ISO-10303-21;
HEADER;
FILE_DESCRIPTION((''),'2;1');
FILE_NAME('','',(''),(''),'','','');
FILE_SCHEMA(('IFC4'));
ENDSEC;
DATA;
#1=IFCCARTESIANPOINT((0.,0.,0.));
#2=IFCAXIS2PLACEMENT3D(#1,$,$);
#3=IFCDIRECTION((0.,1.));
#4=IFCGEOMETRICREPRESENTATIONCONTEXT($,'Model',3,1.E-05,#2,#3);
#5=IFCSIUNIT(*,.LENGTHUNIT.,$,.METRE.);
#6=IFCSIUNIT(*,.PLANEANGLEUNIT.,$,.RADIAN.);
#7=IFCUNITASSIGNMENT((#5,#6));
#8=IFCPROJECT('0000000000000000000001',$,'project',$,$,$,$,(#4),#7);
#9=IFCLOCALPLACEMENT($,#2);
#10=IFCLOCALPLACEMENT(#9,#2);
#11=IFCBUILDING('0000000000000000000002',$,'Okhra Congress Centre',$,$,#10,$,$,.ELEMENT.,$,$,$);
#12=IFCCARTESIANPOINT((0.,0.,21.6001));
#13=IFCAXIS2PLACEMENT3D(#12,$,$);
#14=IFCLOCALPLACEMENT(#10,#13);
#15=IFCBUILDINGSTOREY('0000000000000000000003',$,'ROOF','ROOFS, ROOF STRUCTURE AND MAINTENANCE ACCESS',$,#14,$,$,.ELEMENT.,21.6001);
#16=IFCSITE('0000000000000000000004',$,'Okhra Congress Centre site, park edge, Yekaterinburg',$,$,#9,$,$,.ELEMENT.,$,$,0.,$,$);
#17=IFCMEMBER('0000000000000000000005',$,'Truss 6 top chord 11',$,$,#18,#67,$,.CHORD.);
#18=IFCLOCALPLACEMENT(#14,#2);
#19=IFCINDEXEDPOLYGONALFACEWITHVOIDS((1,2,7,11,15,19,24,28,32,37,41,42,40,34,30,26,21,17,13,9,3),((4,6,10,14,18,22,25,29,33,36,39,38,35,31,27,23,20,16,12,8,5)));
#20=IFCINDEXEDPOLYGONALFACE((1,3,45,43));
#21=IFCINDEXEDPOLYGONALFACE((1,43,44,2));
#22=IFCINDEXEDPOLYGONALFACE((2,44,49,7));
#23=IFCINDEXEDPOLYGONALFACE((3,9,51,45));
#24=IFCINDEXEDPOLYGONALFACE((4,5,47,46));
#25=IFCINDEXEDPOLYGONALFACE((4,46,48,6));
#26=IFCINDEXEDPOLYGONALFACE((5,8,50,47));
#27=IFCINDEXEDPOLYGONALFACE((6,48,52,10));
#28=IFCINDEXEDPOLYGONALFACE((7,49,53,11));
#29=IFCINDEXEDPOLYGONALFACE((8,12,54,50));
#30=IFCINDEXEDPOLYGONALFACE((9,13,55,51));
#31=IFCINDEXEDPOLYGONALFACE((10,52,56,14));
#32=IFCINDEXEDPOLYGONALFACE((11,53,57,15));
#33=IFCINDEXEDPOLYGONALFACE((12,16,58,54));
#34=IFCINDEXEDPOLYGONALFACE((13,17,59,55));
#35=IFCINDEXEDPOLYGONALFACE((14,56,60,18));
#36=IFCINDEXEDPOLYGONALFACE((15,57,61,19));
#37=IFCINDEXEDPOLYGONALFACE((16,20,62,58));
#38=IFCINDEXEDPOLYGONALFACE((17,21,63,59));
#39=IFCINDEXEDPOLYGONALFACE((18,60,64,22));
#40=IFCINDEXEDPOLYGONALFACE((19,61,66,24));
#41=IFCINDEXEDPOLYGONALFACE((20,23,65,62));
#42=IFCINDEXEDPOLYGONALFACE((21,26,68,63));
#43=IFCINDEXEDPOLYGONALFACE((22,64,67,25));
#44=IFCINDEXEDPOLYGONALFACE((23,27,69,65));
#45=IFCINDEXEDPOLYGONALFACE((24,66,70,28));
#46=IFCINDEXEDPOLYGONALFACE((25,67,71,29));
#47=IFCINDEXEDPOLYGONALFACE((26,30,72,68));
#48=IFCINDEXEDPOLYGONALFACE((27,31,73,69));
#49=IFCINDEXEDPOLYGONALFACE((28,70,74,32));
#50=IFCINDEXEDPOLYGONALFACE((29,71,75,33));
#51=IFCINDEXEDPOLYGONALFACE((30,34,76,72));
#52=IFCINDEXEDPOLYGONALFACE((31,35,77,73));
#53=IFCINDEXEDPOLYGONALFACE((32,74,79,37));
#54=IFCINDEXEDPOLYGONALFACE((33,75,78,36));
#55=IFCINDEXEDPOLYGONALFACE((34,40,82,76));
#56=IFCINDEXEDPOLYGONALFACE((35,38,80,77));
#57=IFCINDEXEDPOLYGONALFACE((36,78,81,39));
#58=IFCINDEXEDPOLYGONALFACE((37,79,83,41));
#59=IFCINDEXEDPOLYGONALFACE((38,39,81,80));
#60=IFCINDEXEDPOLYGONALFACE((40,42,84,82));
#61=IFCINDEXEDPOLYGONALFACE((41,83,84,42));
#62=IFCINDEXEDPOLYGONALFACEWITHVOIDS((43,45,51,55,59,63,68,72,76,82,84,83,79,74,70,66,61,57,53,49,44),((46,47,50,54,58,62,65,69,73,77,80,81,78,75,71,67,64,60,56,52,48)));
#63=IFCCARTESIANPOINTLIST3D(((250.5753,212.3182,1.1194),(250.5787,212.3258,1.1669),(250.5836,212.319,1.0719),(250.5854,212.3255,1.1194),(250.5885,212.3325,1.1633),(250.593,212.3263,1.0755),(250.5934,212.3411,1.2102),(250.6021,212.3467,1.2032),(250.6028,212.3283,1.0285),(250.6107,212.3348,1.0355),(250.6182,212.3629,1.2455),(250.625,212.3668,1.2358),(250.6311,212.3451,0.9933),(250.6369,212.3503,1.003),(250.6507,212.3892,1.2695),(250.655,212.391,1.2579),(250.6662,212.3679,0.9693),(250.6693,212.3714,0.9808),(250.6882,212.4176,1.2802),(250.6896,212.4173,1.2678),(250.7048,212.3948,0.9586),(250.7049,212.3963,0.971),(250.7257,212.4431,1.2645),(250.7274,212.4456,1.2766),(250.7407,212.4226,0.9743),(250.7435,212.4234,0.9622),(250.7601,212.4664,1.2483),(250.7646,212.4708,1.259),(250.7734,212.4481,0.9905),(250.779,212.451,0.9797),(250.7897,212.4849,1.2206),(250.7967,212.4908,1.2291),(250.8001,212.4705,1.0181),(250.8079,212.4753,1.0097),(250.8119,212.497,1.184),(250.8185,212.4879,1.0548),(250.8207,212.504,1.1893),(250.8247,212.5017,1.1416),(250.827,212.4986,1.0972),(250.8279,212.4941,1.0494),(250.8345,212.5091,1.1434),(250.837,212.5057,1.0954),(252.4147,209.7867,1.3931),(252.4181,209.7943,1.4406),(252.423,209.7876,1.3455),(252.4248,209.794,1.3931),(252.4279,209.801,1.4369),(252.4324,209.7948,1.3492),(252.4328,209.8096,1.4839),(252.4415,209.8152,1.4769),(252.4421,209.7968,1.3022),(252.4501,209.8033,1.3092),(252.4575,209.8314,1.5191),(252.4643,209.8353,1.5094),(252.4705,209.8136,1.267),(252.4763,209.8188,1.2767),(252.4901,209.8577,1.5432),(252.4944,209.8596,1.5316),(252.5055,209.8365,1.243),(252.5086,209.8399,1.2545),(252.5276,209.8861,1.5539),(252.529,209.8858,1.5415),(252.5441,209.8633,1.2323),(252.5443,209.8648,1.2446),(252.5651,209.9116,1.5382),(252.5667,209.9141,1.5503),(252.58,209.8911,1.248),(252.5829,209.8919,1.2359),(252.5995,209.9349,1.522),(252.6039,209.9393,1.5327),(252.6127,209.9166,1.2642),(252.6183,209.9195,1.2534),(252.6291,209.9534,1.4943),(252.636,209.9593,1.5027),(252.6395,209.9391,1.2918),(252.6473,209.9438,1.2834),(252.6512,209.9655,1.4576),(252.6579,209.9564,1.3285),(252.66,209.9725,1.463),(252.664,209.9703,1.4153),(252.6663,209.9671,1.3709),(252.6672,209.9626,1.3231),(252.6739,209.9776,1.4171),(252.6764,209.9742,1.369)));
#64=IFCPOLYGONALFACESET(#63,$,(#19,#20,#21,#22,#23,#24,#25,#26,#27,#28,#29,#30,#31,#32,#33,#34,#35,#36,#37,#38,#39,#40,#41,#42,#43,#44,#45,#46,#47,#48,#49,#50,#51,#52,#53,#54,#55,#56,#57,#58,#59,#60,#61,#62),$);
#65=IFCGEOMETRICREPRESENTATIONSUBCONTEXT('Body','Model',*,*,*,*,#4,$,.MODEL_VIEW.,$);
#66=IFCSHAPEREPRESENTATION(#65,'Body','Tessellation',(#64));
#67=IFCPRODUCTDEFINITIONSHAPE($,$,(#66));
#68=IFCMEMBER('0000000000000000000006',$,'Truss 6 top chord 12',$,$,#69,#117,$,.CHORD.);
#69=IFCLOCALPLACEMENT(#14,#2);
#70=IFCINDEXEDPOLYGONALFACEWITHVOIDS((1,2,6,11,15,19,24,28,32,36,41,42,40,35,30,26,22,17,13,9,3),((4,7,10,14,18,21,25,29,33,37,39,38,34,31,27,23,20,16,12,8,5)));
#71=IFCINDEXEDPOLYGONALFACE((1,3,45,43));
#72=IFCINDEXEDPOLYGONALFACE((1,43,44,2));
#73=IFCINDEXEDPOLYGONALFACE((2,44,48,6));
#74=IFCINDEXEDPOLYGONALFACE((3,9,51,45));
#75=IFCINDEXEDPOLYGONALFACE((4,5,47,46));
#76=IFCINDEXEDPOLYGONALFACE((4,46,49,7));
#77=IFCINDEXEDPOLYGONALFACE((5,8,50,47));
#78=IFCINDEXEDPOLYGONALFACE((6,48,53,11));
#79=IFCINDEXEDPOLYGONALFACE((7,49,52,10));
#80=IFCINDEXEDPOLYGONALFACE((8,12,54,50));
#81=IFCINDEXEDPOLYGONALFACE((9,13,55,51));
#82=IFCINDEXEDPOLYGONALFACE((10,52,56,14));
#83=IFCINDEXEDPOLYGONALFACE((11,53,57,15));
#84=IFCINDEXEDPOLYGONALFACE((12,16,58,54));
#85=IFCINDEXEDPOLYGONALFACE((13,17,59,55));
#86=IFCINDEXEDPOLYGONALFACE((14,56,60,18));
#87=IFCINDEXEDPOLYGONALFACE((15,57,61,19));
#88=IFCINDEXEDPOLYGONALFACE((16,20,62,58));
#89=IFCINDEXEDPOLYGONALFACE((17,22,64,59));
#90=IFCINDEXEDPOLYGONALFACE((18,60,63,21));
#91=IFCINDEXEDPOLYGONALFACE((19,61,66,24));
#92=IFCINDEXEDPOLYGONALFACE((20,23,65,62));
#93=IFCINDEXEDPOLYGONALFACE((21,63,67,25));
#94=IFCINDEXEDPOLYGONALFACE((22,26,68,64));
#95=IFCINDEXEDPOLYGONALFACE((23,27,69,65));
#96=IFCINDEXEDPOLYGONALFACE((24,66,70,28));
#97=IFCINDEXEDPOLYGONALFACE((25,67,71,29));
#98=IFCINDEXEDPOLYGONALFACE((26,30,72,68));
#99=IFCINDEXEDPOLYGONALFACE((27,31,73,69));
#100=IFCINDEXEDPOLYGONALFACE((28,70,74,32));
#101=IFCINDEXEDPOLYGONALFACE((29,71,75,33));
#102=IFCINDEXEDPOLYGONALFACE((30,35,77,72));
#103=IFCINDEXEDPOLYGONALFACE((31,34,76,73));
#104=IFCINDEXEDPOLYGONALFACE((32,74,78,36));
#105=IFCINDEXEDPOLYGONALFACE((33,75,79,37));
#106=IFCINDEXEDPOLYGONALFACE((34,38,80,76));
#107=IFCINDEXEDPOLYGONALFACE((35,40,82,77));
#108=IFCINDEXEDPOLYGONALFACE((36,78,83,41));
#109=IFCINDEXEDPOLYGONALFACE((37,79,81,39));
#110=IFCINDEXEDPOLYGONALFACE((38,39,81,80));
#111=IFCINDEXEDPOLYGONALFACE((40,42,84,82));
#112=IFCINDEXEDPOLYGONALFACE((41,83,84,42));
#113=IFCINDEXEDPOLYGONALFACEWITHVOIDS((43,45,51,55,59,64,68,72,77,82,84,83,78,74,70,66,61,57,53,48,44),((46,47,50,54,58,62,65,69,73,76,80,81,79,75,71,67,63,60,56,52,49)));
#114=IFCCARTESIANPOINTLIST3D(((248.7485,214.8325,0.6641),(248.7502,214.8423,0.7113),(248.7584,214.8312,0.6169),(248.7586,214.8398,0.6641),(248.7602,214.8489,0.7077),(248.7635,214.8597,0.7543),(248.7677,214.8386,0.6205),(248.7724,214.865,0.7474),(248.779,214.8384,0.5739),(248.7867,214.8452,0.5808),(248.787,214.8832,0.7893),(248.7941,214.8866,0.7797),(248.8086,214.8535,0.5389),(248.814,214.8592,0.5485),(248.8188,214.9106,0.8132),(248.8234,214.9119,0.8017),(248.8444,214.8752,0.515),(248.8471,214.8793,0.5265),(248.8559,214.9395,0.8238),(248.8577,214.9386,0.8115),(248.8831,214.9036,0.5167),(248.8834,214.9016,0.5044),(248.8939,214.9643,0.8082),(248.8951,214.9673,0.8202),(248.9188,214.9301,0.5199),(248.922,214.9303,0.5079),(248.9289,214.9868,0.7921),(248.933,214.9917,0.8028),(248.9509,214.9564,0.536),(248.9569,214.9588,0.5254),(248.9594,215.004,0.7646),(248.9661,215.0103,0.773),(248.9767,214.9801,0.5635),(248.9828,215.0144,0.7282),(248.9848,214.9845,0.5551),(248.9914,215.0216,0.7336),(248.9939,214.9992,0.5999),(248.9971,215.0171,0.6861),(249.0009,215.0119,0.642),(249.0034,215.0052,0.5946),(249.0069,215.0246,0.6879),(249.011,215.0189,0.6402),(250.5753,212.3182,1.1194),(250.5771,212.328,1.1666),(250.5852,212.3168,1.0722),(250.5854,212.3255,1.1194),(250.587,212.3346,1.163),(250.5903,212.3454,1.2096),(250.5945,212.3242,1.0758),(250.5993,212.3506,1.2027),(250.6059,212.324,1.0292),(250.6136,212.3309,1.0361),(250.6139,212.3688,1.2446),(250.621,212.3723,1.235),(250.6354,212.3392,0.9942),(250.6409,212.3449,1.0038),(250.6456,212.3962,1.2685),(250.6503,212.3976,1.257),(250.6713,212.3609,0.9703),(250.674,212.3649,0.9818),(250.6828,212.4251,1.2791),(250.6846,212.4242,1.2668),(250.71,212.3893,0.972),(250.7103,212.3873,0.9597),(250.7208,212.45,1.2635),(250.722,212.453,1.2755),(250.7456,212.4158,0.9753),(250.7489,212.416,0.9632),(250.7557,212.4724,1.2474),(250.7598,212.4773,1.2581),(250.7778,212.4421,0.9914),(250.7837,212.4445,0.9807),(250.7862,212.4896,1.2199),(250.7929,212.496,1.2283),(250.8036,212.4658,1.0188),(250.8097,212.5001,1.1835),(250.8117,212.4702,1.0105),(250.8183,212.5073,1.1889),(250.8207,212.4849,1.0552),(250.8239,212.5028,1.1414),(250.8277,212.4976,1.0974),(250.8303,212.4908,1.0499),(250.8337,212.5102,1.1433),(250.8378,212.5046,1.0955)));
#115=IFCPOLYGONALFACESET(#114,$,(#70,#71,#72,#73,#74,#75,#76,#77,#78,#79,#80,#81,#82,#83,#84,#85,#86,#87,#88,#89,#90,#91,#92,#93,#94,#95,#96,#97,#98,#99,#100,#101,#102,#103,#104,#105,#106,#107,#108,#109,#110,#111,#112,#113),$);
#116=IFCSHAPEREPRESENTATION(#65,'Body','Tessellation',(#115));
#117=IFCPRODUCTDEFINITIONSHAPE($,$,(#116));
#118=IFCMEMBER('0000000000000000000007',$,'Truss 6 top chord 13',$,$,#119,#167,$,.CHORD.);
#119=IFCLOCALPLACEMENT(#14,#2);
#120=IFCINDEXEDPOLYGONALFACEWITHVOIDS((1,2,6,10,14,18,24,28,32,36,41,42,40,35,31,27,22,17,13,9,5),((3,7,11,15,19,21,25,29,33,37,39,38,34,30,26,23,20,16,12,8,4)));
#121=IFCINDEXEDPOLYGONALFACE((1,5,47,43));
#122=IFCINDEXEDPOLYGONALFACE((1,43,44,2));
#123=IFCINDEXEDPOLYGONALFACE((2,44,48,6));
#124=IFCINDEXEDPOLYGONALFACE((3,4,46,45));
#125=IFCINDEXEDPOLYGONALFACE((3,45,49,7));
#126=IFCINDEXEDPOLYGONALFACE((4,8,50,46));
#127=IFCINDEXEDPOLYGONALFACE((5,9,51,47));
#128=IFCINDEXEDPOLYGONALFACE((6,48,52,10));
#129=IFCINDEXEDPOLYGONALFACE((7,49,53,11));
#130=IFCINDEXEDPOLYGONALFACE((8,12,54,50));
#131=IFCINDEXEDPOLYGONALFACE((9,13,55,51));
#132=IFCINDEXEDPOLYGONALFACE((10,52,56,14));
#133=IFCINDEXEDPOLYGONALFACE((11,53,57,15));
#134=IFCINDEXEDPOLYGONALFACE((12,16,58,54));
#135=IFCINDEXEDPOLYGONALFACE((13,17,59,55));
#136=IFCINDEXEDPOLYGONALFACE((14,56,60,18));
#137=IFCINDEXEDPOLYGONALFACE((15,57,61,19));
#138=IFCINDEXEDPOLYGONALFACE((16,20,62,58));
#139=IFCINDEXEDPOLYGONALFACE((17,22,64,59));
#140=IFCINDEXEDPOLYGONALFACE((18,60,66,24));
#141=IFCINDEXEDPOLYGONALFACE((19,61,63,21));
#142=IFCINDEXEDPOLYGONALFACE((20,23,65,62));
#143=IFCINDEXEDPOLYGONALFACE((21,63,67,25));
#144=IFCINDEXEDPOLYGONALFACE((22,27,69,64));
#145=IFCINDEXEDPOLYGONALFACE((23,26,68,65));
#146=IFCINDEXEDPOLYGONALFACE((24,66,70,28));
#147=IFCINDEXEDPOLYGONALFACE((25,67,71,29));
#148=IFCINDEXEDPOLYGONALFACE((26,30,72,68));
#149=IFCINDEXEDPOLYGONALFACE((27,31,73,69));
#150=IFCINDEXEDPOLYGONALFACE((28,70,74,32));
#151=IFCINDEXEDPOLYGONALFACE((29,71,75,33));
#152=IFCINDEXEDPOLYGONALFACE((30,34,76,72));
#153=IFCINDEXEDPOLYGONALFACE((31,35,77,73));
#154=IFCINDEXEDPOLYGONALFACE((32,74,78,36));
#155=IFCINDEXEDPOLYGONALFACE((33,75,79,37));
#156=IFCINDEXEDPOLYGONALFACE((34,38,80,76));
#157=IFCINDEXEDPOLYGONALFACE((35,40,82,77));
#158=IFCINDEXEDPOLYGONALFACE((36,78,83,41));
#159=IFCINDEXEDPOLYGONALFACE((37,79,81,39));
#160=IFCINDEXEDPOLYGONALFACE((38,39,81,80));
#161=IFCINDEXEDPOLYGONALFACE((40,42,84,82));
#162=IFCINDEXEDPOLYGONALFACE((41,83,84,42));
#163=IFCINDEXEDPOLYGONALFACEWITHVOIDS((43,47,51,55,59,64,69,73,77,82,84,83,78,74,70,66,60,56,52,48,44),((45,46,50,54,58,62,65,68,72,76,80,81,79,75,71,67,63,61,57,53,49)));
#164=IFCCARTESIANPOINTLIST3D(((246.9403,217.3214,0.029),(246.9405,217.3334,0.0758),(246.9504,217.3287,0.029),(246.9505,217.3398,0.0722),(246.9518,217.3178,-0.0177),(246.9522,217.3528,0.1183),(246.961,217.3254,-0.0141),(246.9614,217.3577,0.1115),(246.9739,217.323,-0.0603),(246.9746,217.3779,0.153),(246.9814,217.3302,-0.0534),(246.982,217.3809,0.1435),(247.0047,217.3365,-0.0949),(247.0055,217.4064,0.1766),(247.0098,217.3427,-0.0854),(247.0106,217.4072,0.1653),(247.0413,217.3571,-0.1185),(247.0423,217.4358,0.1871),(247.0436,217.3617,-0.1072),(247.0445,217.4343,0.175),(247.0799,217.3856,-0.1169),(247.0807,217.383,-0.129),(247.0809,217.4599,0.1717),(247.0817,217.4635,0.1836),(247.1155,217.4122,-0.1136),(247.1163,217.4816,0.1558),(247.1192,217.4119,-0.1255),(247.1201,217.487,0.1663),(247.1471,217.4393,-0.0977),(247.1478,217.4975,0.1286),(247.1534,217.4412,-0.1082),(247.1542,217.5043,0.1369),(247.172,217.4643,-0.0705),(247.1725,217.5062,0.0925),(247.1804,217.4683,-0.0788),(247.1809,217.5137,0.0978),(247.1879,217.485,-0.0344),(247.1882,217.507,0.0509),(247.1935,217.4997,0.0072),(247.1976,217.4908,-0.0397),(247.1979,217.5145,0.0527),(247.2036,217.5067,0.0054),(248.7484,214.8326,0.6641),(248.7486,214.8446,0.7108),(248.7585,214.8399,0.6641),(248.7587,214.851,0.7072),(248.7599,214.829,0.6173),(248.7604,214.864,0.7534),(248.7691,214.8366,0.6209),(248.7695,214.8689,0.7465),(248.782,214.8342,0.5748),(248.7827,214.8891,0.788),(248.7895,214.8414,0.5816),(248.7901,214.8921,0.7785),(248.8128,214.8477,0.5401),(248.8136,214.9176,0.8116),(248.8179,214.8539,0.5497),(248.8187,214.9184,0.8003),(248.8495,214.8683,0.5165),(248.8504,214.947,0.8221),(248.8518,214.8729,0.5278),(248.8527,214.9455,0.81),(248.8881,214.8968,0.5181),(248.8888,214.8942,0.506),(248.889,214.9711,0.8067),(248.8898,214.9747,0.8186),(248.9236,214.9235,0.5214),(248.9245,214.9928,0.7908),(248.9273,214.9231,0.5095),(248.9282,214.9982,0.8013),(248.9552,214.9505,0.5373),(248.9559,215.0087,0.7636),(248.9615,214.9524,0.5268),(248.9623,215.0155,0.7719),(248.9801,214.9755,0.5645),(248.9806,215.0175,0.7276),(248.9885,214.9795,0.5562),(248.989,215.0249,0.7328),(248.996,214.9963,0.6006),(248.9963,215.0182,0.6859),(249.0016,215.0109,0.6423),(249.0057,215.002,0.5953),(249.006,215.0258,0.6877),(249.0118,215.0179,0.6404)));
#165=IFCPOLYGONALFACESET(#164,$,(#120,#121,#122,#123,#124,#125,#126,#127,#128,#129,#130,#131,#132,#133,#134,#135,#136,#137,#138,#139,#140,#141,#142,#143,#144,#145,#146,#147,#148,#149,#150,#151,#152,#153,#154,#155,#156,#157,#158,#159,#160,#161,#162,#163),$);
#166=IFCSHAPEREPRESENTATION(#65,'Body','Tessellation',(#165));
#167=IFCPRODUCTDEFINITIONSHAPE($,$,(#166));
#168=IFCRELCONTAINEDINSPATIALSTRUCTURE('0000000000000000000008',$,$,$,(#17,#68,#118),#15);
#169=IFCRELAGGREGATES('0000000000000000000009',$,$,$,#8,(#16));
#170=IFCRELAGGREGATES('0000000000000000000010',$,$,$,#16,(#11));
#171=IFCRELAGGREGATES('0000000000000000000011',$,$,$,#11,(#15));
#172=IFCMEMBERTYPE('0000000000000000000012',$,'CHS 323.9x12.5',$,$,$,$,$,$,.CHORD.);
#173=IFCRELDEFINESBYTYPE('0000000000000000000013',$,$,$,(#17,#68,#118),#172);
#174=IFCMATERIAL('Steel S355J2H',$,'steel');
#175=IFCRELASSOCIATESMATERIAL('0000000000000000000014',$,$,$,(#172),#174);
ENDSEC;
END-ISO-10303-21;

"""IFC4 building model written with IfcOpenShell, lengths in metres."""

from ifc_helpers import new_model, si_unit, direction, frame, origin, origin_2d, place, context, subcontext, project, spatial, hollow_circle, extrude, material, material_profile, profile_set, type_object, element, save


model = new_model("IFC4")

# Units and contexts
model_context = context("Model", 3, precision=1e-05, world=origin(), true_north=direction((0.0, 1.0)))
body_context = subcontext(model_context, "Body", "Model", "MODEL_VIEW")
ifc_project = project(units=[si_unit("LENGTHUNIT", "METRE"), si_unit("PLANEANGLEUNIT", "RADIAN")], contexts=[model_context])

# Site, building, storey
site_placement = place(None, origin())
site = spatial("IfcSite", under=ifc_project, at=site_placement, Name="Okhra Congress Centre site, park edge, Yekaterinburg", CompositionType="ELEMENT", RefElevation=0.0)
building_placement = place(site_placement, origin())
building = spatial("IfcBuilding", under=site, at=building_placement, Name="Okhra Congress Centre", CompositionType="ELEMENT")
storey_placement = place(building_placement, frame((0.0, 0.0, 21.6001)))
storey = spatial("IfcBuildingStorey", under=building, at=storey_placement, Name="ROOF", Description="ROOFS, ROOF STRUCTURE AND MAINTENANCE ACCESS", CompositionType="ELEMENT", Elevation=21.6001)

# Members
ifc_material_1 = material(Name="Steel S355J2H", Category="steel")
ifc_material_profile_1 = material_profile(ifc_material_1, hollow_circle(Radius=0.1619, WallThickness=0.0125, at=origin_2d()), Name="CHS 323.9x12.5")
ifc_profile_set_1 = profile_set([ifc_material_profile_1], Name="Steel S355J2H")
member_type_1 = type_object("IfcMemberType", Name="CHS 323.9x12.5", PredefinedType="CHORD", material=ifc_profile_set_1)
for number, where, z_axis, x_axis, name in (
    (1, (252.5457, 209.8818, 1.3931), (-0.585574, 0.805923, -0.087129), (-0.808999, -0.58781, 0.0), "Truss 6 top chord 11"),
    (2, (250.7063, 212.4133, 1.1194), (-0.581595, 0.80046, -0.144952), (-0.809004, -0.587803, 0.0), "Truss 6 top chord 12"),
    (3, (248.8794, 214.9277, 0.6641), (-0.57563, 0.792326, -0.202162), (-0.809031, -0.587766, 0.0), "Truss 6 top chord 13"),
):
    element("IfcMember", number, at=place(storey_placement, frame(where, z_axis=z_axis, x_axis=x_axis)), inside=storey, type_object=member_type_1, Name=name, PredefinedType="CHORD", context=body_context, shape_type="SweptSolid", body=[
        extrude(hollow_circle(Radius=0.1619, WallThickness=0.0125, at=origin_2d()), origin(), (0.0, 0.0, 1.0), 3.1411),
    ])

save(model, "model.ifc")
